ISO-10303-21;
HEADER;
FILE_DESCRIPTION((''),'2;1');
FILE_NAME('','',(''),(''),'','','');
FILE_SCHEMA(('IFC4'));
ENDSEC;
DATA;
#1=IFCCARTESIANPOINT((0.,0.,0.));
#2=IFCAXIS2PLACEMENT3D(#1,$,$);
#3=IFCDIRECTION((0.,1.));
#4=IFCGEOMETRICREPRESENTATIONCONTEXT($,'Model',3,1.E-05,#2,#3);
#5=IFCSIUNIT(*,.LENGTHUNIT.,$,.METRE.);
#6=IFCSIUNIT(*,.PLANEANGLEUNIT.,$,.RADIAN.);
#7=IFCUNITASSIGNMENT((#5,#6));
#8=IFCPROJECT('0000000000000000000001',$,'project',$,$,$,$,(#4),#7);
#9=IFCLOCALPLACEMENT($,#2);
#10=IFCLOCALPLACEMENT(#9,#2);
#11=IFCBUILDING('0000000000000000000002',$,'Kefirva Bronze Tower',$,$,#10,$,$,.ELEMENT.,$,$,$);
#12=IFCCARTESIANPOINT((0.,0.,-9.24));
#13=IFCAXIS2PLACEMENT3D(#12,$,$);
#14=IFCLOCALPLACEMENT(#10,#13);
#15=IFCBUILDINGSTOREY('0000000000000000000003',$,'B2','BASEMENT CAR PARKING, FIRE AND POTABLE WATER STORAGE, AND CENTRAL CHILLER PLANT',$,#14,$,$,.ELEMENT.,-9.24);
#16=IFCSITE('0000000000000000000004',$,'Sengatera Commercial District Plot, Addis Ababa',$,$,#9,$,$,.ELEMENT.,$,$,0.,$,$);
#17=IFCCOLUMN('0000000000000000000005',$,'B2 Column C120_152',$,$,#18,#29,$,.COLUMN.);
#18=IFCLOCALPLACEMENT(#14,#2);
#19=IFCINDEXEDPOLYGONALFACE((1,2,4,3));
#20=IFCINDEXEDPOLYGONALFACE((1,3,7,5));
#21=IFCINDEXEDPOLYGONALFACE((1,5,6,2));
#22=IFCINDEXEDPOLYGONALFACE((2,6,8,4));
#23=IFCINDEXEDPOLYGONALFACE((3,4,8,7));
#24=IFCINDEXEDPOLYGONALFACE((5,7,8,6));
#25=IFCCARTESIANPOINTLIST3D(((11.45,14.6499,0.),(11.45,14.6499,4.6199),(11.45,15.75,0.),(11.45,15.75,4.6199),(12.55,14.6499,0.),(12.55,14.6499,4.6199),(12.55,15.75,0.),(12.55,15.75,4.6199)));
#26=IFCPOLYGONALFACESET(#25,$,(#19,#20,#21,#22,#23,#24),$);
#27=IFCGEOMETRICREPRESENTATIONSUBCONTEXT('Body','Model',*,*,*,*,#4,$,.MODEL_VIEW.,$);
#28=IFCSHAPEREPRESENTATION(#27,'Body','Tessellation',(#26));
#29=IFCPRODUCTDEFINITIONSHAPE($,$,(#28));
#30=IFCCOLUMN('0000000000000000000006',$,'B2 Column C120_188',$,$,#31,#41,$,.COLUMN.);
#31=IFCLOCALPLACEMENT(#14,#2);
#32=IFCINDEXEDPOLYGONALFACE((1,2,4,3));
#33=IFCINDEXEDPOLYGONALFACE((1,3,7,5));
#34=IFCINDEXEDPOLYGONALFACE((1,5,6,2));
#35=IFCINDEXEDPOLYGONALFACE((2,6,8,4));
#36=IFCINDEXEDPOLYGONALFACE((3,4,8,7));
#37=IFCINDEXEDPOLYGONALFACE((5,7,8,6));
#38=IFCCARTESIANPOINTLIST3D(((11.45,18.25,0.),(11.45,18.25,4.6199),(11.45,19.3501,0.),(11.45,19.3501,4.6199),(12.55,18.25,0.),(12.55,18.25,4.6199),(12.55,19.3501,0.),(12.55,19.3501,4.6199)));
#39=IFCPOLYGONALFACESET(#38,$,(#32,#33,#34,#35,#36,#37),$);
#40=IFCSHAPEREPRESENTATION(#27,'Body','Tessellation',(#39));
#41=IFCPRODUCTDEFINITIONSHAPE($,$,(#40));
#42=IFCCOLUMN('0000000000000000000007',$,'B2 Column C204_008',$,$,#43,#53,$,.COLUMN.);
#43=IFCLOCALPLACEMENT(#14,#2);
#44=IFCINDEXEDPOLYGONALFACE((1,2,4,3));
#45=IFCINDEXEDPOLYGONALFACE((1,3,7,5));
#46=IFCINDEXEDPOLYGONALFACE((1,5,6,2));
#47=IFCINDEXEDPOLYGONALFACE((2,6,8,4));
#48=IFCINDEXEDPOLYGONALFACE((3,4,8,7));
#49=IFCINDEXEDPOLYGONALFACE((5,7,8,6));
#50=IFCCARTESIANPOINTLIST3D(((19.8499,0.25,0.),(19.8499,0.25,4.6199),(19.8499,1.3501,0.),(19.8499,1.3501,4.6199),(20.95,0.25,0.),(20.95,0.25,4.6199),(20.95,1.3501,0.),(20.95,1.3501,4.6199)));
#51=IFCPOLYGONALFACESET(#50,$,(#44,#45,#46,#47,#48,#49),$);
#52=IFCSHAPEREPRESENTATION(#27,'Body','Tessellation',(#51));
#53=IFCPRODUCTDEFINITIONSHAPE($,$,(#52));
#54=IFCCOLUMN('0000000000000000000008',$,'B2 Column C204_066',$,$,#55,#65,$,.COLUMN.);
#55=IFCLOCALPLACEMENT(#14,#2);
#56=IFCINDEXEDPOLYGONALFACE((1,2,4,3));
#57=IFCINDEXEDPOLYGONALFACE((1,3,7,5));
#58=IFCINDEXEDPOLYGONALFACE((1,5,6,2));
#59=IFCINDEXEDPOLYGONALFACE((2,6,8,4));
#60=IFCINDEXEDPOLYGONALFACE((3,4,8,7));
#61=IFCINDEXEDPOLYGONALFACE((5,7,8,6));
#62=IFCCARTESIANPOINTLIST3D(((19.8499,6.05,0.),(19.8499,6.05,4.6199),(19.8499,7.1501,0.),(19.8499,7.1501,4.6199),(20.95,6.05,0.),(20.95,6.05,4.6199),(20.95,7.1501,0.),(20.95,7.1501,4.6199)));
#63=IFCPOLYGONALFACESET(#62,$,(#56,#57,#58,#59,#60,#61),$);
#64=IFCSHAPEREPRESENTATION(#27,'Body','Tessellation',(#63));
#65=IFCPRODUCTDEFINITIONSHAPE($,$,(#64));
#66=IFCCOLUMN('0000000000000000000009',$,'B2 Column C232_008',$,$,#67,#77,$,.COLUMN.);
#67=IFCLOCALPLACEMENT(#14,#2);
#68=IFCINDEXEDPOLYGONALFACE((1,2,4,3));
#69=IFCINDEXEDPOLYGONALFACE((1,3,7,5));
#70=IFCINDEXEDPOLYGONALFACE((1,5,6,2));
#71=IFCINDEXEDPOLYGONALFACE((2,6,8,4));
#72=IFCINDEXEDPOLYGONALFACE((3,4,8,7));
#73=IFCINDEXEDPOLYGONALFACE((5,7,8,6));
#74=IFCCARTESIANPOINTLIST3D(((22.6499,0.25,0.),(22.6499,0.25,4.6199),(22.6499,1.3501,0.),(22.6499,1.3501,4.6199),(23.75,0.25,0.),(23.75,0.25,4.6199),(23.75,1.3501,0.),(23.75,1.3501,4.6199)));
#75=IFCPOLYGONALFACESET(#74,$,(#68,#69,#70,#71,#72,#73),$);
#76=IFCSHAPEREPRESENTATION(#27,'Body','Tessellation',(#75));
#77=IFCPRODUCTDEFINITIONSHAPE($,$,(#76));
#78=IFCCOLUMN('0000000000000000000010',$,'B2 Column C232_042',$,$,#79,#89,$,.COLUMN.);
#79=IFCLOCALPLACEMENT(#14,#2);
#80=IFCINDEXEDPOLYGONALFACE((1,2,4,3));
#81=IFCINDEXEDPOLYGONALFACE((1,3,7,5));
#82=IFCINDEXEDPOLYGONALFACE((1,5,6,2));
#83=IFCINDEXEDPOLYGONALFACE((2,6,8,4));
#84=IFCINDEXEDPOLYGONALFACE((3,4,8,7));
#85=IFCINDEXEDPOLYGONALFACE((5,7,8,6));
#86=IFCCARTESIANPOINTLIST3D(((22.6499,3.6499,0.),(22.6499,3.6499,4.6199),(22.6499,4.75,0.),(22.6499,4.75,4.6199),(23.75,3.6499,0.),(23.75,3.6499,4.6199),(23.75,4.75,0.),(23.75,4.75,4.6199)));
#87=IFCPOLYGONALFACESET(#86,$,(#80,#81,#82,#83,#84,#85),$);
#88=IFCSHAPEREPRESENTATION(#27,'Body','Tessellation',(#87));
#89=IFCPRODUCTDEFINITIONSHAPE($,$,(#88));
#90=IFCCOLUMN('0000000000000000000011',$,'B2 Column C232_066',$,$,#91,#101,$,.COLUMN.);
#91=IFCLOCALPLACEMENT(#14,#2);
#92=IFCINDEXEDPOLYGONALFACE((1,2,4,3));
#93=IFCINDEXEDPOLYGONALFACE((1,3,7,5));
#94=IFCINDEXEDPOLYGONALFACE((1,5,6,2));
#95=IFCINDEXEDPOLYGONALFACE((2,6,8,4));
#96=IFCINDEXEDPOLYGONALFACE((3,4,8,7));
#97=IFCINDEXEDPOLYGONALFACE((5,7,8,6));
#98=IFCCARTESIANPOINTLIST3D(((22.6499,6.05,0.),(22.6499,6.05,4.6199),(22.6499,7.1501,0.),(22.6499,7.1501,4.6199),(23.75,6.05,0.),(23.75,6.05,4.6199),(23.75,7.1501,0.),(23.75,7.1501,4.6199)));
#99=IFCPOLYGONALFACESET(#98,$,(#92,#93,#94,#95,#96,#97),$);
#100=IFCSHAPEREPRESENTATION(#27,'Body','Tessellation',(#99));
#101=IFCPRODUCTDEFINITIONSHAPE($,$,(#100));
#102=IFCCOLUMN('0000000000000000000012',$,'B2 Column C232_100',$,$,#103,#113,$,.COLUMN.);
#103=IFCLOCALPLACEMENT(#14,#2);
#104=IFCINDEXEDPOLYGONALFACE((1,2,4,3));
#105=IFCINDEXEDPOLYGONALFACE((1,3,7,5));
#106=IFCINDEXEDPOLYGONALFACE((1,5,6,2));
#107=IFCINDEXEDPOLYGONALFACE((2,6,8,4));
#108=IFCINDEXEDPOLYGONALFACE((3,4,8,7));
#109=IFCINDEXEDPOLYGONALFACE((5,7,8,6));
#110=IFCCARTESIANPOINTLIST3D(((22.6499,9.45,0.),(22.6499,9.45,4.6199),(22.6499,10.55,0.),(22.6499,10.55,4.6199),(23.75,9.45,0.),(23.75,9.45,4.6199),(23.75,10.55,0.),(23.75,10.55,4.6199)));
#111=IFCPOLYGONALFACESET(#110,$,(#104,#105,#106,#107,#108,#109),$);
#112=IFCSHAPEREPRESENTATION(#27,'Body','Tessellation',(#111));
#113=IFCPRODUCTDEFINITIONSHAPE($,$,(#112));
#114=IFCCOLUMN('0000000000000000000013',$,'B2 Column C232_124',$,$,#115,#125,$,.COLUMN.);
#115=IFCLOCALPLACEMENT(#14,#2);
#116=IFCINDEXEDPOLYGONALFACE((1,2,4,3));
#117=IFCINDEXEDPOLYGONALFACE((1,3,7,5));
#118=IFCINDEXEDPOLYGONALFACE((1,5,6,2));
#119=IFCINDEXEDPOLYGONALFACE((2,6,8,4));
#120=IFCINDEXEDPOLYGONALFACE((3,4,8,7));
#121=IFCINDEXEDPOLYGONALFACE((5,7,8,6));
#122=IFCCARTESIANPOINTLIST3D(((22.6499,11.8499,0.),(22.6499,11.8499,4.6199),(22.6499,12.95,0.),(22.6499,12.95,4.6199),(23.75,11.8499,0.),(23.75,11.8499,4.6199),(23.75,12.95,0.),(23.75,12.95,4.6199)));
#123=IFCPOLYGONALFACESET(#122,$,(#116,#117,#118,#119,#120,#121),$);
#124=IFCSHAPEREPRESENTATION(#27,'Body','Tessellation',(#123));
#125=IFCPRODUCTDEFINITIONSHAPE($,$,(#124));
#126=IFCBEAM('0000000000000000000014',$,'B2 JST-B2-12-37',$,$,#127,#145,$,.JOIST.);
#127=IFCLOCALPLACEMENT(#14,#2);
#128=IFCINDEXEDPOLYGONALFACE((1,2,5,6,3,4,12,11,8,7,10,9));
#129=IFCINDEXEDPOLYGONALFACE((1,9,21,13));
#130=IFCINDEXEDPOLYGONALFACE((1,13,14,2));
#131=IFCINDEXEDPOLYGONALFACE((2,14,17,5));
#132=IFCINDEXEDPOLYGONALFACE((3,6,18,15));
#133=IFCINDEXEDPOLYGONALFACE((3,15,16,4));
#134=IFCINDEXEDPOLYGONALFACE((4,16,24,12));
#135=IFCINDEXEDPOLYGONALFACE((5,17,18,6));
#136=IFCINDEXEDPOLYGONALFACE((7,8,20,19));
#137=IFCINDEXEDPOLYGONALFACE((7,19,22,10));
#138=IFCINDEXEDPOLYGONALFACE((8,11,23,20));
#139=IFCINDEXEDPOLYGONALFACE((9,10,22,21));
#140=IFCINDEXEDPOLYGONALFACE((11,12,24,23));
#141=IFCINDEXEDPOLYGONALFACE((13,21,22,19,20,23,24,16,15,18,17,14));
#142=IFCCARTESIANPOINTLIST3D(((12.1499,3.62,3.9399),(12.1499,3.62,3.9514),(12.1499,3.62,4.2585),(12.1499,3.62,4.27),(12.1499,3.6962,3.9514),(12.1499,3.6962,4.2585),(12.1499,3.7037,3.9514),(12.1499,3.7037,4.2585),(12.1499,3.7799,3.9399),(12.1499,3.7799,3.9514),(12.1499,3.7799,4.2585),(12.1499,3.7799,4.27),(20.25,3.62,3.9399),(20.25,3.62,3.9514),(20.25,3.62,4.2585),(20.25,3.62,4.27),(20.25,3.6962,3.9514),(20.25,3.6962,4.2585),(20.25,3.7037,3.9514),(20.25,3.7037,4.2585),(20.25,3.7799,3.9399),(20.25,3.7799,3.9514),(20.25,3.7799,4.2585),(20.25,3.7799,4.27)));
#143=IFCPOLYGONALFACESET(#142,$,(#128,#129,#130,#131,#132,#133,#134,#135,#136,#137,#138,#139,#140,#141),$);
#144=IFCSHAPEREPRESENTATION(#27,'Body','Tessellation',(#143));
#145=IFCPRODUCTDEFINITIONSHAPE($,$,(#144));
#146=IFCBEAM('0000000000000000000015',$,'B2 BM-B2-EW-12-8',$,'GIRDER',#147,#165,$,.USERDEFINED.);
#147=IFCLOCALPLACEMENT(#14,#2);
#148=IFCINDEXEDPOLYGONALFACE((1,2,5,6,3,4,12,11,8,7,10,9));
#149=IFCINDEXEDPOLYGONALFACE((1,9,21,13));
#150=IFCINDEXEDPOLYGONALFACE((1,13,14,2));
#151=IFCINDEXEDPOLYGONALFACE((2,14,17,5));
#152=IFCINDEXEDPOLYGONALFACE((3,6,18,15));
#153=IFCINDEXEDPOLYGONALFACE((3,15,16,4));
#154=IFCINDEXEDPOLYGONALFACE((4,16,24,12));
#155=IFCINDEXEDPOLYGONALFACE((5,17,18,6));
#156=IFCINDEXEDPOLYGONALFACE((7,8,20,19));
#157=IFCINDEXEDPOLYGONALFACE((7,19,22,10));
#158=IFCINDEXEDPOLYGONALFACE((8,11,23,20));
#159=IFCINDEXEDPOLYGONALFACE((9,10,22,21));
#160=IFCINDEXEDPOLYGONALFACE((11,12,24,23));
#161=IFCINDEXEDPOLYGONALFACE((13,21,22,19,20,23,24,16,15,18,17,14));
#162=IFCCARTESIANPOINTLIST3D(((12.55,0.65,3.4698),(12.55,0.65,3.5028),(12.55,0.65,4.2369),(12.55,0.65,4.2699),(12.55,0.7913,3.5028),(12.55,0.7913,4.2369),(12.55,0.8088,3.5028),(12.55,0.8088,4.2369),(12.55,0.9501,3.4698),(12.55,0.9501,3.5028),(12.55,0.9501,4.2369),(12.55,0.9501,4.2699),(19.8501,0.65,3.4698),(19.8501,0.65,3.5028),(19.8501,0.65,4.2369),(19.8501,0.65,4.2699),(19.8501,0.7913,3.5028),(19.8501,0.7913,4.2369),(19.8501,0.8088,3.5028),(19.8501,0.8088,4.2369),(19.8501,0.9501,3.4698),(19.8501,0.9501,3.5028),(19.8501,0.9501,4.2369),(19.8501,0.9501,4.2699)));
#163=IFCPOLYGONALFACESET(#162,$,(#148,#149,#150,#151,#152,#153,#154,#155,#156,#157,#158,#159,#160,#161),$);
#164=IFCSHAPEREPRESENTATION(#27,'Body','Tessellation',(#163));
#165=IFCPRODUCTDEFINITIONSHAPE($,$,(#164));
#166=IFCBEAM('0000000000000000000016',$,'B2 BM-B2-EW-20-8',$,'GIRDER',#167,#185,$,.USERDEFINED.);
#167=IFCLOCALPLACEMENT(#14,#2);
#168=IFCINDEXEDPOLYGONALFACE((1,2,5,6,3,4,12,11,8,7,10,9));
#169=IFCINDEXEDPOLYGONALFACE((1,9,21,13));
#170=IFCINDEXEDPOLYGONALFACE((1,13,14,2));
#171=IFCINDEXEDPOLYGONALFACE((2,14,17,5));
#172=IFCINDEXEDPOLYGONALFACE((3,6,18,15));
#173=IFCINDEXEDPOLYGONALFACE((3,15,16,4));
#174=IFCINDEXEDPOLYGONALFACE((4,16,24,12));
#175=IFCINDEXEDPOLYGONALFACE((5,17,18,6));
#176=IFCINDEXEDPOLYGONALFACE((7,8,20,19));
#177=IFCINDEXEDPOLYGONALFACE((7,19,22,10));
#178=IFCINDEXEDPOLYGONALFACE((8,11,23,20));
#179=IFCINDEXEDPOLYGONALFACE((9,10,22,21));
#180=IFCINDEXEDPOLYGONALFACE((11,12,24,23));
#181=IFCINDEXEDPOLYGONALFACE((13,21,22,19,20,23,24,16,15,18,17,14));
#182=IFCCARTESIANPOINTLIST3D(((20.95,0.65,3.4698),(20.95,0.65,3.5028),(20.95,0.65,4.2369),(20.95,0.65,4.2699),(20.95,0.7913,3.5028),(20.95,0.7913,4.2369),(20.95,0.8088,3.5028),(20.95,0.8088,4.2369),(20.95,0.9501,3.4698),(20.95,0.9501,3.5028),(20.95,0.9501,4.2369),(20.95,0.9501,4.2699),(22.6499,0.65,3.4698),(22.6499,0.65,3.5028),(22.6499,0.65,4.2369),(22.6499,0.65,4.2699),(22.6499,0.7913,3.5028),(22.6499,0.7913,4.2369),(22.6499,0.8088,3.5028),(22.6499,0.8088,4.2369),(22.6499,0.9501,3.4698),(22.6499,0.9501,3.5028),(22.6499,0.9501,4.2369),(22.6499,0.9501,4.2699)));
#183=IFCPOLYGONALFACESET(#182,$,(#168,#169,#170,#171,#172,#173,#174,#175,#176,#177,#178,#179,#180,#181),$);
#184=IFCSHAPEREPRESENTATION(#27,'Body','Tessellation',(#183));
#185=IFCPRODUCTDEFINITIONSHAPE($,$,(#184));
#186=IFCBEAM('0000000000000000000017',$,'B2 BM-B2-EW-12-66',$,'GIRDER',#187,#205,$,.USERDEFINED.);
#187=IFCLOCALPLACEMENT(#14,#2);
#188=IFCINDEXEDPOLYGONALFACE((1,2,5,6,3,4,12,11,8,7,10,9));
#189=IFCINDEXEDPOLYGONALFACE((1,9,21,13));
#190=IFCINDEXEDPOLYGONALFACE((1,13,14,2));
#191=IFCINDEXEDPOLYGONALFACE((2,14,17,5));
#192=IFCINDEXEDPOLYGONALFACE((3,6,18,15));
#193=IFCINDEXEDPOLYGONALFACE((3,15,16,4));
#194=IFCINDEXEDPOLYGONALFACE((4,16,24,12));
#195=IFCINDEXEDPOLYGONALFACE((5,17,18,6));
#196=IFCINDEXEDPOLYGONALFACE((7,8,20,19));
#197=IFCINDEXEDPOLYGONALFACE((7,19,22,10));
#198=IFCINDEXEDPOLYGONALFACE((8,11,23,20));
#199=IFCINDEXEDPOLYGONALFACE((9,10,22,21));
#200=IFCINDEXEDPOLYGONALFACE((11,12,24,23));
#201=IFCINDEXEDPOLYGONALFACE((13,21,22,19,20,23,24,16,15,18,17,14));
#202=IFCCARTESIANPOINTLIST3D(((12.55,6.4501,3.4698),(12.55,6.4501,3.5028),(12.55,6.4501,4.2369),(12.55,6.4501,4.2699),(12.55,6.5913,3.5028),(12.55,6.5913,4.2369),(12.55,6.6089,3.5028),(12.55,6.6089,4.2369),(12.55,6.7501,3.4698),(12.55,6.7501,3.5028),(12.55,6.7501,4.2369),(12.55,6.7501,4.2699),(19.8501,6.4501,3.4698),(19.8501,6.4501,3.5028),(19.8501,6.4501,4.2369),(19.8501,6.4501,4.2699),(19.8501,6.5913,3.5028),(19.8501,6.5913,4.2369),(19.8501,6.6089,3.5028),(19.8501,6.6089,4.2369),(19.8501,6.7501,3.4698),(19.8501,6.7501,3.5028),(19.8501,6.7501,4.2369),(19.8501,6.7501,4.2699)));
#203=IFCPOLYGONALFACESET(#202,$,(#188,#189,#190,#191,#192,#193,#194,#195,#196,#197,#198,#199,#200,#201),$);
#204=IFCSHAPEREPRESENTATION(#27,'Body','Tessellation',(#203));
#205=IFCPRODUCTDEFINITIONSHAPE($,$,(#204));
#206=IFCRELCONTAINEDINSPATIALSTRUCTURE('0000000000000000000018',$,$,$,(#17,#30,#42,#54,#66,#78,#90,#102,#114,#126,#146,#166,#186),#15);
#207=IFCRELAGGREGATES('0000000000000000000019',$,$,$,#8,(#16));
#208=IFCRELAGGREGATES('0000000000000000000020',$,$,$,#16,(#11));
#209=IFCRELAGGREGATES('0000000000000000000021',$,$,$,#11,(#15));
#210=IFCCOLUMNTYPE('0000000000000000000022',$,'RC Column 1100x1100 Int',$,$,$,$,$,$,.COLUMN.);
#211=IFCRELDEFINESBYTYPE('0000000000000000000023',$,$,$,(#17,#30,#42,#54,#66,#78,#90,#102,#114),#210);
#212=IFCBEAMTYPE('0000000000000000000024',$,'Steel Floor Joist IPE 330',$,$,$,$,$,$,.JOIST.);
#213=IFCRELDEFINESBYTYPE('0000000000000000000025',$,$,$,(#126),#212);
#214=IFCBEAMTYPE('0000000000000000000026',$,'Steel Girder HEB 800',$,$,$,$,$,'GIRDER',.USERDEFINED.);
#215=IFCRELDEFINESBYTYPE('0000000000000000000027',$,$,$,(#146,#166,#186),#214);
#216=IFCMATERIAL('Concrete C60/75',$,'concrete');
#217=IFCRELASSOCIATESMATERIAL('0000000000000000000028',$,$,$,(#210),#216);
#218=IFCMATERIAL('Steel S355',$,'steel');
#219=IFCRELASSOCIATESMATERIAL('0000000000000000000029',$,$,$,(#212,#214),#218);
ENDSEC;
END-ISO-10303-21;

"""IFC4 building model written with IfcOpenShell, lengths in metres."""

from ifc_helpers import new_model, si_unit, direction, frame, origin, origin_2d, place, context, subcontext, project, spatial, rectangle, i_section, extrude, material, material_profile, profile_set, type_object, element, save


model = new_model("IFC4")

# Units and contexts
model_context = context("Model", 3, precision=1e-05, world=origin(), true_north=direction((0.0, 1.0)))
body_context = subcontext(model_context, "Body", "Model", "MODEL_VIEW")
ifc_project = project(units=[si_unit("LENGTHUNIT", "METRE"), si_unit("PLANEANGLEUNIT", "RADIAN")], contexts=[model_context])

# Site, building, storey
site_placement = place(None, origin())
site = spatial("IfcSite", under=ifc_project, at=site_placement, Name="Sengatera Commercial District Plot, Addis Ababa", CompositionType="ELEMENT", RefElevation=0.0)
building_placement = place(site_placement, origin())
building = spatial("IfcBuilding", under=site, at=building_placement, Name="Kefirva Bronze Tower", CompositionType="ELEMENT")
storey_placement = place(building_placement, frame((0.0, 0.0, -9.24)))
storey = spatial("IfcBuildingStorey", under=building, at=storey_placement, Name="B2", Description="BASEMENT CAR PARKING, FIRE AND POTABLE WATER STORAGE, AND CENTRAL CHILLER PLANT", CompositionType="ELEMENT", Elevation=-9.24)

# Columns
ifc_material_1 = material(Name="Concrete C60/75", Category="concrete")
ifc_material_profile_1 = material_profile(ifc_material_1, rectangle(XDim=1.1001, YDim=1.1001, at=origin_2d()), Name="RC 1100x1100")
ifc_profile_set_1 = profile_set([ifc_material_profile_1], Name="Concrete C60/75")
column_type_1 = type_object("IfcColumnType", Name="RC Column 1100x1100 Int", PredefinedType="COLUMN", material=ifc_profile_set_1)
for number, where, z_axis, x_axis, name in (
    (1, (12.0, 15.2, 0.0), (0.0, 0.0, 1.0), (1.0, 0.0, 0.0), "B2 Column C120_152"),
    (2, (12.0, 18.8, 0.0), (0.0, 0.0, 1.0), (1.0, 0.0, 0.0), "B2 Column C120_188"),
    (3, (20.3999, 0.8, 0.0), (0.0, 0.0, 1.0), (1.0, 0.0, 0.0), "B2 Column C204_008"),
    (4, (20.3999, 6.6001, 0.0), (0.0, 0.0, 1.0), (1.0, 0.0, 0.0), "B2 Column C204_066"),
    (5, (23.2, 0.8, 0.0), (0.0, 0.0, 1.0), (1.0, 0.0, 0.0), "B2 Column C232_008"),
    (6, (23.2, 4.2, 0.0), (0.0, 0.0, 1.0), (1.0, 0.0, 0.0), "B2 Column C232_042"),
    (7, (23.2, 6.6001, 0.0), (0.0, 0.0, 1.0), (1.0, 0.0, 0.0), "B2 Column C232_066"),
    (8, (23.2, 10.0, 0.0), (0.0, 0.0, 1.0), (1.0, 0.0, 0.0), "B2 Column C232_100"),
    (9, (23.2, 12.3999, 0.0), (0.0, 0.0, 1.0), (1.0, 0.0, 0.0), "B2 Column C232_124"),
):
    element("IfcColumn", number, at=place(storey_placement, frame(where, z_axis=z_axis, x_axis=x_axis)), inside=storey, type_object=column_type_1, Name=name, PredefinedType="COLUMN", context=body_context, shape_type="SweptSolid", body=[
        extrude(rectangle(XDim=1.1001, YDim=1.1001, at=origin_2d()), origin(), (0.0, 0.0, 1.0), 4.6199),
    ])

# Beams
ifc_material_2 = material(Name="Steel S355", Category="steel")
ifc_material_profile_2 = material_profile(ifc_material_2, i_section(OverallWidth=0.1599, OverallDepth=0.3301, WebThickness=0.0076, FlangeThickness=0.0115, at=origin_2d()), Name="IPE 330")
ifc_profile_set_2 = profile_set([ifc_material_profile_2], Name="Steel S355")
beam_type_1 = type_object("IfcBeamType", Name="Steel Floor Joist IPE 330", PredefinedType="JOIST", material=ifc_profile_set_2)
beam_1_placement = place(storey_placement, frame((12.1499, 3.7, 4.105), z_axis=(1.0, 0.0, 0.0), x_axis=(0.0, 1.0, 0.0)))
element("IfcBeam", 10, at=beam_1_placement, inside=storey, type_object=beam_type_1, Name="B2 JST-B2-12-37", PredefinedType="JOIST", context=body_context, shape_type="SweptSolid", body=[
    extrude(i_section(OverallWidth=0.1599, OverallDepth=0.3301, WebThickness=0.0076, FlangeThickness=0.0115, at=origin_2d()), origin(), (0.0, 0.0, 1.0), 8.1001),
])
ifc_material_profile_3 = material_profile(ifc_material_2, i_section(OverallWidth=0.3, OverallDepth=0.8, WebThickness=0.0176, FlangeThickness=0.033, at=origin_2d()), Name="HEB 800")
ifc_profile_set_3 = profile_set([ifc_material_profile_3], Name="Steel S355")
beam_type_2 = type_object("IfcBeamType", Name="Steel Girder HEB 800", ElementType="GIRDER", PredefinedType="USERDEFINED", material=ifc_profile_set_3)
beam_2_placement = place(storey_placement, frame((12.55, 0.8, 3.8699), z_axis=(1.0, 0.0, 0.0), x_axis=(0.0, 1.0, 0.0)))
element("IfcBeam", 11, at=beam_2_placement, inside=storey, type_object=beam_type_2, Name="B2 BM-B2-EW-12-8", ObjectType="GIRDER", PredefinedType="USERDEFINED", context=body_context, shape_type="SweptSolid", body=[
    extrude(i_section(OverallWidth=0.3, OverallDepth=0.8, WebThickness=0.0176, FlangeThickness=0.033, at=origin_2d()), origin(), (0.0, 0.0, 1.0), 7.3),
])
beam_3_placement = place(storey_placement, frame((20.95, 0.8, 3.8699), z_axis=(1.0, 0.0, 0.0), x_axis=(0.0, 1.0, 0.0)))
element("IfcBeam", 12, at=beam_3_placement, inside=storey, type_object=beam_type_2, Name="B2 BM-B2-EW-20-8", ObjectType="GIRDER", PredefinedType="USERDEFINED", context=body_context, shape_type="SweptSolid", body=[
    extrude(i_section(OverallWidth=0.3, OverallDepth=0.8, WebThickness=0.0176, FlangeThickness=0.033, at=origin_2d()), origin(), (0.0, 0.0, 1.0), 1.7),
])
beam_4_placement = place(storey_placement, frame((12.55, 6.6001, 3.8699), z_axis=(1.0, 0.0, 0.0), x_axis=(0.0, 1.0, 0.0)))
element("IfcBeam", 13, at=beam_4_placement, inside=storey, type_object=beam_type_2, Name="B2 BM-B2-EW-12-66", ObjectType="GIRDER", PredefinedType="USERDEFINED", context=body_context, shape_type="SweptSolid", body=[
    extrude(i_section(OverallWidth=0.3, OverallDepth=0.8, WebThickness=0.0176, FlangeThickness=0.033, at=origin_2d()), origin(), (0.0, 0.0, 1.0), 7.3),
])

save(model, "model.ifc")
